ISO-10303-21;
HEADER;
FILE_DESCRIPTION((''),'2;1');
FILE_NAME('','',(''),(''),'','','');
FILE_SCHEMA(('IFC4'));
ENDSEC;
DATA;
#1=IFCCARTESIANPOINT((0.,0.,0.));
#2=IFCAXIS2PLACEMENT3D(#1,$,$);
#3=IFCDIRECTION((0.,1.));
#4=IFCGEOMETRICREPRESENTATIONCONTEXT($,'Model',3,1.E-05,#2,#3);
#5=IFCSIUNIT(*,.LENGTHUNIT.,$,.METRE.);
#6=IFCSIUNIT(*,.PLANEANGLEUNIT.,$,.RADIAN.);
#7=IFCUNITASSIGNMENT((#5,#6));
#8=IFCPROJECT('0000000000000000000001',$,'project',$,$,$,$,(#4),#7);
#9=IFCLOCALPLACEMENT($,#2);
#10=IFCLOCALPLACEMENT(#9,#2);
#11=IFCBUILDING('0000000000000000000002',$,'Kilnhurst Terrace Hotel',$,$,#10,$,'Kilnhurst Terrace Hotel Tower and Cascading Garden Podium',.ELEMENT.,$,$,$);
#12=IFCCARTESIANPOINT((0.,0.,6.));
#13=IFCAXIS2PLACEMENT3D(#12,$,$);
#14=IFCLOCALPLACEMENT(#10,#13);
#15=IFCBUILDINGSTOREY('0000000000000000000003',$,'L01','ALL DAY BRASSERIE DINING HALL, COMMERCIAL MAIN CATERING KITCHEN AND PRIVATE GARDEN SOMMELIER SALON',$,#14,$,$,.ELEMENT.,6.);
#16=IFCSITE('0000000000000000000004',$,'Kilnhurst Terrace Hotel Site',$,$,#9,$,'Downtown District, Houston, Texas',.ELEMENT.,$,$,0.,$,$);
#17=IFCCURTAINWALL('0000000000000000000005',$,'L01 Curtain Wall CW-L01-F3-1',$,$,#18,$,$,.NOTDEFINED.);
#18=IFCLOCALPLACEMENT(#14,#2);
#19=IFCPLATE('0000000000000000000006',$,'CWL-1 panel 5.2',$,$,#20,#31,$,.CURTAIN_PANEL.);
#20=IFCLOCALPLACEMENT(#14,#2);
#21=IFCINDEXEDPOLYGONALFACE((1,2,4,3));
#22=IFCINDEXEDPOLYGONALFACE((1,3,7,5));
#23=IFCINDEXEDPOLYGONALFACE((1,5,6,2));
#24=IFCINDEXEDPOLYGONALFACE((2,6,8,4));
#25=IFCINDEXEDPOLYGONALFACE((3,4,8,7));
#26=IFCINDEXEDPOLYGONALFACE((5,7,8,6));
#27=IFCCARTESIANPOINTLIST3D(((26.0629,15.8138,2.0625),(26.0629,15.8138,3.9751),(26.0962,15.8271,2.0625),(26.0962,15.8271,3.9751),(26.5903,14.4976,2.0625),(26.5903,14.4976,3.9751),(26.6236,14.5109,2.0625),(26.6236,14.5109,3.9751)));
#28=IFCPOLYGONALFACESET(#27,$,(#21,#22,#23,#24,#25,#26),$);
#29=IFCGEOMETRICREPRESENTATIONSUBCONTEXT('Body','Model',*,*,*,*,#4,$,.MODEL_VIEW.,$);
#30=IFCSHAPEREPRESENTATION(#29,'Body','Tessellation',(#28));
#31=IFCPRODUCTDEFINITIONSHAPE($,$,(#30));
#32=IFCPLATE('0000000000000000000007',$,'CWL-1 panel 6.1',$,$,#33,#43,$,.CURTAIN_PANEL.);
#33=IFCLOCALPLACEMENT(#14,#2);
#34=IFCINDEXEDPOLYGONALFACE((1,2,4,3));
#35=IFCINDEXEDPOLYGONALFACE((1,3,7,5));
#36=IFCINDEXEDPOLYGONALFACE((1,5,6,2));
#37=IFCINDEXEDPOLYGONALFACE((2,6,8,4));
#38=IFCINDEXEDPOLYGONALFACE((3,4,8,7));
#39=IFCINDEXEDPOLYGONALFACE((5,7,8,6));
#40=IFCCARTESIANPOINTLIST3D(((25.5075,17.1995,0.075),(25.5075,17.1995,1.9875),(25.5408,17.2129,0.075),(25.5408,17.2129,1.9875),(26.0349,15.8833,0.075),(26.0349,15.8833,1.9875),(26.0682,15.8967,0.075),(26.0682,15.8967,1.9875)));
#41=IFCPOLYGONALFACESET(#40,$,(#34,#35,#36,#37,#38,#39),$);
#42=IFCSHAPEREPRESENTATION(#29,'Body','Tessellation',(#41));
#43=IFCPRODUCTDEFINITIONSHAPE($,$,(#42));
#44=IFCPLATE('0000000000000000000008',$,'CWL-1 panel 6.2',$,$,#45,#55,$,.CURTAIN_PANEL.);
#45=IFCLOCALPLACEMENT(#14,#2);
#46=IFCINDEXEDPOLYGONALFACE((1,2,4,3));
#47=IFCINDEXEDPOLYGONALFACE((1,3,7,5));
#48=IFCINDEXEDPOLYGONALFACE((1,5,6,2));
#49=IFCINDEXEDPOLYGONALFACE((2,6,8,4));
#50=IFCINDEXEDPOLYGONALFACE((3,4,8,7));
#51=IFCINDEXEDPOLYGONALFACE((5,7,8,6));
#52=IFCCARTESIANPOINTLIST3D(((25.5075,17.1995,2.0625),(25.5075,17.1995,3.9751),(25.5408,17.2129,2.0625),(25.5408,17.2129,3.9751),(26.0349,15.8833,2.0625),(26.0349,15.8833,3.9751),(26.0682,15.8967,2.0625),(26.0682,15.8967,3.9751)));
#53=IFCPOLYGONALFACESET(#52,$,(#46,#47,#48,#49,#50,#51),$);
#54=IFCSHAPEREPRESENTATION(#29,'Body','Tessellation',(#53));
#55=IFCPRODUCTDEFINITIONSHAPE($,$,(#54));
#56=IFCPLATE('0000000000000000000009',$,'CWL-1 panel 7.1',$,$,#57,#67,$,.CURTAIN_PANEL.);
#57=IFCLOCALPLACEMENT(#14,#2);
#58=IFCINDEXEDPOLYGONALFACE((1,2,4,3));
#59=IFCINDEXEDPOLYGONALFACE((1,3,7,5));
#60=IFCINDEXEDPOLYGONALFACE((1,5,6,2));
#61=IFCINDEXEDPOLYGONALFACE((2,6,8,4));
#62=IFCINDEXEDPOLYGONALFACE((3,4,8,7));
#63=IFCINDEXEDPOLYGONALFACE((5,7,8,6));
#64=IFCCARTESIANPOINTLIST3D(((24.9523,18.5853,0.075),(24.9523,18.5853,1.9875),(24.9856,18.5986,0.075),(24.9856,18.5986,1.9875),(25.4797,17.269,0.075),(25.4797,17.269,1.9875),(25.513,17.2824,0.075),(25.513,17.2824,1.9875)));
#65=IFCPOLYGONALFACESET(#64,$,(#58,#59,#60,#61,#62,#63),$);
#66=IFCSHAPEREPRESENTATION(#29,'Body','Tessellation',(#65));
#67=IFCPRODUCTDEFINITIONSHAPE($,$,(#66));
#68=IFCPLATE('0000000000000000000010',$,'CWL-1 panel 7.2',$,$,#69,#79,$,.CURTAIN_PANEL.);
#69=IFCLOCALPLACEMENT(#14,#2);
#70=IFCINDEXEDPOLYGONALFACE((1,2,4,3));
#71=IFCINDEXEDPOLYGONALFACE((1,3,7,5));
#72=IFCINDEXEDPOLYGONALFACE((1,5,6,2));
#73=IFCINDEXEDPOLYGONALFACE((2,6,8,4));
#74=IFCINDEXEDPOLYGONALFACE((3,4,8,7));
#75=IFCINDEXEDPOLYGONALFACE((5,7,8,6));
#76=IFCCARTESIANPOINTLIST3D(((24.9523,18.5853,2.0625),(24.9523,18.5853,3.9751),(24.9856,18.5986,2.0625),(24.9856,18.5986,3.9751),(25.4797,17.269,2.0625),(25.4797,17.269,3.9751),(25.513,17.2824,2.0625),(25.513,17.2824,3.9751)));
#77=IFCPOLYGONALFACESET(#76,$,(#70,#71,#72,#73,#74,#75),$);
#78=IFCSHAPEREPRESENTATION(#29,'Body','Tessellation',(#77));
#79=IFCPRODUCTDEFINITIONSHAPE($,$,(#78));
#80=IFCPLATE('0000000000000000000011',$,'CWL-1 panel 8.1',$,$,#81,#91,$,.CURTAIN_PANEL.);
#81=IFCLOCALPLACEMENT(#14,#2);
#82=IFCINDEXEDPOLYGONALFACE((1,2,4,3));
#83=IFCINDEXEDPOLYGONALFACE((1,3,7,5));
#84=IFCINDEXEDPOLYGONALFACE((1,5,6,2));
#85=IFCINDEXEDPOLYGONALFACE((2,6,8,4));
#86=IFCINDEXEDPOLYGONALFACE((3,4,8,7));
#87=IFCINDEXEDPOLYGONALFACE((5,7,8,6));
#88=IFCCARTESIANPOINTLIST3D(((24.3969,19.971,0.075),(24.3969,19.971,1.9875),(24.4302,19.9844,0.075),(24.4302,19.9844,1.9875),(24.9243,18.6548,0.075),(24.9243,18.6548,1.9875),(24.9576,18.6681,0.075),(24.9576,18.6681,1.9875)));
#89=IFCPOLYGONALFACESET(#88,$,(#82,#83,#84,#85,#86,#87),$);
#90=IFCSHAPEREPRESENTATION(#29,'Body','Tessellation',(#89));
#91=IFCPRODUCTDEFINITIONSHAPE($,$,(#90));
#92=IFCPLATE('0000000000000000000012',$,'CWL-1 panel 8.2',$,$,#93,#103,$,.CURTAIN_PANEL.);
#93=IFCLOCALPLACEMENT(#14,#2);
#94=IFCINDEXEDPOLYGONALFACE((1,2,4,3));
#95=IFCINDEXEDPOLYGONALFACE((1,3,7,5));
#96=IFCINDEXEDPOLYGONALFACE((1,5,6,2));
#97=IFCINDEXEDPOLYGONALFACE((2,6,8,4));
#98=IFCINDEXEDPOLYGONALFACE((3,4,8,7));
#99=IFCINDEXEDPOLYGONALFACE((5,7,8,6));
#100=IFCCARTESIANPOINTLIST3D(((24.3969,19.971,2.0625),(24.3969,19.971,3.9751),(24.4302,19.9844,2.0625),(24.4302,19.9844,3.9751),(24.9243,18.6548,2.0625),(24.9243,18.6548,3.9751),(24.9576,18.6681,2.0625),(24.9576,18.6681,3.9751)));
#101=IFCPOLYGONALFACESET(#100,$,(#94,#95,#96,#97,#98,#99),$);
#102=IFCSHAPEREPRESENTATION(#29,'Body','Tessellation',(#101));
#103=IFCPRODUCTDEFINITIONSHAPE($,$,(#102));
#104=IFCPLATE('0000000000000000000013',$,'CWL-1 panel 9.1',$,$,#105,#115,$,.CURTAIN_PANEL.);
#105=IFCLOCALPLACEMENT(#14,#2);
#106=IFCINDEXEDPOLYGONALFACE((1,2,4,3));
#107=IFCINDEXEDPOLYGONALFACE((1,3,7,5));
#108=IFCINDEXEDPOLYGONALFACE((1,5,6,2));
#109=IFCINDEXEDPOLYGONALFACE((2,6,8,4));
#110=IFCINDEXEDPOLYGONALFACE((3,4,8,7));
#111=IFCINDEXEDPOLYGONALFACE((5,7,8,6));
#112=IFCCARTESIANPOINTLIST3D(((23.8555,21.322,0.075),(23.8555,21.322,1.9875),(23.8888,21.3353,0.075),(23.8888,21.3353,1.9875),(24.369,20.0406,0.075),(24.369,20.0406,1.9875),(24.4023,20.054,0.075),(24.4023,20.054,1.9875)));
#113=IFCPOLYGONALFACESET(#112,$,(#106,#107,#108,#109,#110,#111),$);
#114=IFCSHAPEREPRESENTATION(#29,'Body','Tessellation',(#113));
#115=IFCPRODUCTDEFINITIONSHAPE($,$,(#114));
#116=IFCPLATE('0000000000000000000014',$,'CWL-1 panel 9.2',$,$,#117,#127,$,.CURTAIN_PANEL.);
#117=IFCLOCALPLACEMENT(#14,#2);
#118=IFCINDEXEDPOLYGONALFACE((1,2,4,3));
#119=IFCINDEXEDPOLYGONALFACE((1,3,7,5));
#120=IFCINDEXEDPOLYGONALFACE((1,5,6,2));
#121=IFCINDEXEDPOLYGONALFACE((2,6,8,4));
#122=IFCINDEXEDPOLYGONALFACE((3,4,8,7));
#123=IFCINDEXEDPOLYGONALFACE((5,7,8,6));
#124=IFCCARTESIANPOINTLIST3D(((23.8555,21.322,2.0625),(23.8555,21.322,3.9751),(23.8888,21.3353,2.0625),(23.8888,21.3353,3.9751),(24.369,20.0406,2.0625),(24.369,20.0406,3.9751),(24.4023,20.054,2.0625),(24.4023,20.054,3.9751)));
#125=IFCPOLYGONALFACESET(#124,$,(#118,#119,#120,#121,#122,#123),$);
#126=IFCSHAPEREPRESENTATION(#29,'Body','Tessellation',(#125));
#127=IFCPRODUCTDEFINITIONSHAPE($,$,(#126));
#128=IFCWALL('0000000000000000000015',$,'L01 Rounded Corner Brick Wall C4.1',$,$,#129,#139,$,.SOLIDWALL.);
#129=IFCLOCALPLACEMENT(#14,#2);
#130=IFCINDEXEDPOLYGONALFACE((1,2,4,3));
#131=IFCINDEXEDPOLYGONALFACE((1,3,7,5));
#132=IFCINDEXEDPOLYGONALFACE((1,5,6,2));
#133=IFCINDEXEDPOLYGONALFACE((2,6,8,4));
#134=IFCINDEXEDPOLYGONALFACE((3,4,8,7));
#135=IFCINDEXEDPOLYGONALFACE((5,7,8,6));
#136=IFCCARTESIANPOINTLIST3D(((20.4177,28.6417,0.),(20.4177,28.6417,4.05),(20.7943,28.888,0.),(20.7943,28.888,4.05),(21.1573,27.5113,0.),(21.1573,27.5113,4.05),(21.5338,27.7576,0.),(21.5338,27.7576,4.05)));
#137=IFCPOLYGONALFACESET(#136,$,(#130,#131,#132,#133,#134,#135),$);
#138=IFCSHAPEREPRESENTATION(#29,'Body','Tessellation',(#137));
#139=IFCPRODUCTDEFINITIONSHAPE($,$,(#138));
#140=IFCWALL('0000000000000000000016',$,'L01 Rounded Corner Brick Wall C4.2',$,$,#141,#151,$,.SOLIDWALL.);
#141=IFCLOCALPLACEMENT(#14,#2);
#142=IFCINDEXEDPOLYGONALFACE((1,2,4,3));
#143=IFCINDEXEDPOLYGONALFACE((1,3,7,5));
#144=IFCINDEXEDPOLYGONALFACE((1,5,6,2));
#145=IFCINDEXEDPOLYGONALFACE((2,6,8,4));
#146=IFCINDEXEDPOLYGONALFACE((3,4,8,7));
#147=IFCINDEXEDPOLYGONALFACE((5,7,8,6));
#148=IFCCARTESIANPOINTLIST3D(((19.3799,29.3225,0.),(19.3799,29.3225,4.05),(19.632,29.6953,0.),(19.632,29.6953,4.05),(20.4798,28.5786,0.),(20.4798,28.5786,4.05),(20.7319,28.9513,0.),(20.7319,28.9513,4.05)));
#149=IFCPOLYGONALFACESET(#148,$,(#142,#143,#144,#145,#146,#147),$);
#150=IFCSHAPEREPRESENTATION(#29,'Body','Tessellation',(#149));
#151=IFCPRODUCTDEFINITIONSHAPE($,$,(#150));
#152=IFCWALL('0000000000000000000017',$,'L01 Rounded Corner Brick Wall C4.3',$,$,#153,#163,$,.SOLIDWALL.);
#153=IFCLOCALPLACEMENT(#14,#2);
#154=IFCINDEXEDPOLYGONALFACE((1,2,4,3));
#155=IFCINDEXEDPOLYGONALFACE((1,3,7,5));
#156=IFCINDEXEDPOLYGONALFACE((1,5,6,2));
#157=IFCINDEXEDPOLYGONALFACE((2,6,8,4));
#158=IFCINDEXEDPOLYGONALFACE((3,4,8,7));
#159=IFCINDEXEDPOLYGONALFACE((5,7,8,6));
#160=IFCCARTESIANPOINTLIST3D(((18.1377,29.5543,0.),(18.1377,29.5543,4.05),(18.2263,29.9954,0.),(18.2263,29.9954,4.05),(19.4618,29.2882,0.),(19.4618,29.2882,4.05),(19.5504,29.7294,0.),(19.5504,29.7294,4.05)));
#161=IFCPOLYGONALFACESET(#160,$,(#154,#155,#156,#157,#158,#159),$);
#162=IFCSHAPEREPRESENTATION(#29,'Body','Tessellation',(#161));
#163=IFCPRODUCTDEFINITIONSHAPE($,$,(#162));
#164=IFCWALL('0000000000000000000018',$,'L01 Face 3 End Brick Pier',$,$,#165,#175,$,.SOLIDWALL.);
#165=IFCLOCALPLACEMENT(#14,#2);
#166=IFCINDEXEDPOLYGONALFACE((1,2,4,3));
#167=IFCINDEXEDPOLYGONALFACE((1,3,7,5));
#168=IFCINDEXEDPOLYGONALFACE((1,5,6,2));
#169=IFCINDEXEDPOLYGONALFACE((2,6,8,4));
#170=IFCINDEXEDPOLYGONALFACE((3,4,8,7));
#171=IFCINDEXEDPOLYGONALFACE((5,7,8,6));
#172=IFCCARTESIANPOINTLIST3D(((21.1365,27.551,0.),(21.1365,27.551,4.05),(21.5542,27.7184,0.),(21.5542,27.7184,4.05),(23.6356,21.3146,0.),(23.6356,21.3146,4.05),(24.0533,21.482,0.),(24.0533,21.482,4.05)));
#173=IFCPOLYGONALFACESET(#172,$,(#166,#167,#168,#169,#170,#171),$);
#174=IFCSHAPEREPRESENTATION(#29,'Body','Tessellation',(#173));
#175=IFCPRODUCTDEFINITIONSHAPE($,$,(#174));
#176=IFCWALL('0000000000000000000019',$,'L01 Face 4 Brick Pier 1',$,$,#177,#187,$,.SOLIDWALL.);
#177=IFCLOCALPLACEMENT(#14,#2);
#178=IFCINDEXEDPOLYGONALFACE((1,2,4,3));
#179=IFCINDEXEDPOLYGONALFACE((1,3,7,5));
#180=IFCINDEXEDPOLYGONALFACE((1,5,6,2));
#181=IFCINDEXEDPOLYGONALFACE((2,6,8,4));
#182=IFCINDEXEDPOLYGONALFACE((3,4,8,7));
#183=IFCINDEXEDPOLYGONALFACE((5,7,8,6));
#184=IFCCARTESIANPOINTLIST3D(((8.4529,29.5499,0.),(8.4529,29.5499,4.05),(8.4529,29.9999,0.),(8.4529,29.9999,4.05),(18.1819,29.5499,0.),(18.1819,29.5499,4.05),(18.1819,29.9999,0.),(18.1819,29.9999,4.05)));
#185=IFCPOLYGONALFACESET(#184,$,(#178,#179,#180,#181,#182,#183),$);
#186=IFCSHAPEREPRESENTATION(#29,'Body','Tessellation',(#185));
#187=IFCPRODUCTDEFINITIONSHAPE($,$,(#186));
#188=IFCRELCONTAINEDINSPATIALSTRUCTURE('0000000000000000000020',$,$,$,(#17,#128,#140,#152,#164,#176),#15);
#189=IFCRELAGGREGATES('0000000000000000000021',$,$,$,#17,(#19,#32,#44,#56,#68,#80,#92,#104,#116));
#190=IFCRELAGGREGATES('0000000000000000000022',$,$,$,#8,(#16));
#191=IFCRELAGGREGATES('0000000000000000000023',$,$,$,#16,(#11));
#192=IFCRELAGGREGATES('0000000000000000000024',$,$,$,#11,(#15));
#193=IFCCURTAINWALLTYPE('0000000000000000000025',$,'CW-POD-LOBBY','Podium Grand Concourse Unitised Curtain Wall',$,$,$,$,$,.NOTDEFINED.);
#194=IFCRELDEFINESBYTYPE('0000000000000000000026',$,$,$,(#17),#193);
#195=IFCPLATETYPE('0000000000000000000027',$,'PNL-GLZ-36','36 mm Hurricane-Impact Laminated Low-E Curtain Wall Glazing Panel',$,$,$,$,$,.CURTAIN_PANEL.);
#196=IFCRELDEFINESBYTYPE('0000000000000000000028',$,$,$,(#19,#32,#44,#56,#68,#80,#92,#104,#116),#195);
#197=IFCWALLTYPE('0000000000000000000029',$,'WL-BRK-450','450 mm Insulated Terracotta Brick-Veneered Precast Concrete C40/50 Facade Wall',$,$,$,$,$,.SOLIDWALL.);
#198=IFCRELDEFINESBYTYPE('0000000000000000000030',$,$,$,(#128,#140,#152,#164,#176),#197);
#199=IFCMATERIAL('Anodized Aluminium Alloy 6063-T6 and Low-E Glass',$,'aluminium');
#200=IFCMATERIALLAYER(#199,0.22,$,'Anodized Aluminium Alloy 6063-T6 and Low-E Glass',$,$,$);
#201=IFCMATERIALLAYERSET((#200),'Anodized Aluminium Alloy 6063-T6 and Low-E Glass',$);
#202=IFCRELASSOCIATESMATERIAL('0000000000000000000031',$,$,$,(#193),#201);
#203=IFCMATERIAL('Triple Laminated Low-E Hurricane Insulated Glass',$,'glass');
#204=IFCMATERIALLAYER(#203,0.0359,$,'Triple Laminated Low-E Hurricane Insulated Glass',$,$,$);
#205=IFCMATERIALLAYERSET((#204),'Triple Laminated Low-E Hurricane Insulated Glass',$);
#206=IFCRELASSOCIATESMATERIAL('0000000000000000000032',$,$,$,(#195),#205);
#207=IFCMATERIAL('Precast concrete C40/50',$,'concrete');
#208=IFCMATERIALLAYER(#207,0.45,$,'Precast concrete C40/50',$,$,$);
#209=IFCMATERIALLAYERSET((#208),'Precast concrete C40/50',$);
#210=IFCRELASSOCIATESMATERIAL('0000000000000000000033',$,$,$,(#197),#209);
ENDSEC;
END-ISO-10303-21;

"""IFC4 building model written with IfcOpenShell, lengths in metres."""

from ifc_helpers import new_model, si_unit, direction, frame, frame_2d, origin, origin_2d, place, context, subcontext, project, spatial, rectangle, extrude, material, layer, layer_set, type_object, element, aggregate, save


model = new_model("IFC4")

# Units and contexts
model_context = context("Model", 3, precision=1e-05, world=origin(), true_north=direction((0.0, 1.0)))
body_context = subcontext(model_context, "Body", "Model", "MODEL_VIEW")
ifc_project = project(units=[si_unit("LENGTHUNIT", "METRE"), si_unit("PLANEANGLEUNIT", "RADIAN")], contexts=[model_context])

# Site, building, storey
site_placement = place(None, origin())
site = spatial("IfcSite", under=ifc_project, at=site_placement, Name="Kilnhurst Terrace Hotel Site", LongName="Downtown District, Houston, Texas", CompositionType="ELEMENT", RefElevation=0.0)
building_placement = place(site_placement, origin())
building = spatial("IfcBuilding", under=site, at=building_placement, Name="Kilnhurst Terrace Hotel", LongName="Kilnhurst Terrace Hotel Tower and Cascading Garden Podium", CompositionType="ELEMENT")
storey_placement = place(building_placement, frame((0.0, 0.0, 6.0)))
storey = spatial("IfcBuildingStorey", under=building, at=storey_placement, Name="L01", Description="ALL DAY BRASSERIE DINING HALL, COMMERCIAL MAIN CATERING KITCHEN AND PRIVATE GARDEN SOMMELIER SALON", CompositionType="ELEMENT", Elevation=6.0)

# Curtain wall
ifc_material_1 = material(Name="Anodized Aluminium Alloy 6063-T6 and Low-E Glass", Category="aluminium")
ifc_layer_1 = layer(ifc_material_1, 0.22, Name="Anodized Aluminium Alloy 6063-T6 and Low-E Glass")
ifc_layer_set_1 = layer_set([ifc_layer_1], Name="Anodized Aluminium Alloy 6063-T6 and Low-E Glass")
curtain_wall_type = type_object("IfcCurtainWallType", Name="CW-POD-LOBBY", Description="Podium Grand Concourse Unitised Curtain Wall", PredefinedType="NOTDEFINED", material=ifc_layer_set_1)
curtain_wall_placement = place(storey_placement, origin())
curtain_wall = element("IfcCurtainWall", 1, at=curtain_wall_placement, inside=storey, type_object=curtain_wall_type, Name="L01 Curtain Wall CW-L01-F3-1", PredefinedType="NOTDEFINED")

# Plates
ifc_material_2 = material(Name="Triple Laminated Low-E Hurricane Insulated Glass", Category="glass")
ifc_layer_2 = layer(ifc_material_2, 0.0359, Name="Triple Laminated Low-E Hurricane Insulated Glass")
ifc_layer_set_2 = layer_set([ifc_layer_2], Name="Triple Laminated Low-E Hurricane Insulated Glass")
plate_type = type_object("IfcPlateType", Name="PNL-GLZ-36", Description="36 mm Hurricane-Impact Laminated Low-E Curtain Wall Glazing Panel", PredefinedType="CURTAIN_PANEL", material=ifc_layer_set_2)
plate_1_placement = place(storey_placement, frame((26.3433, 15.1624, 2.0625), z_axis=(0.0, 0.0, 1.0), x_axis=(-0.371955, 0.928251, 0.0)))
plate_1 = element("IfcPlate", 2, at=plate_1_placement, type_object=plate_type, Name="CWL-1 panel 5.2", PredefinedType="CURTAIN_PANEL", context=body_context, shape_type="SweptSolid", body=[
    extrude(rectangle(XDim=1.418, YDim=0.0359, at=origin_2d()), origin(), (0.0, 0.0, 1.0), 1.9126),
])
plate_2_placement = place(storey_placement, frame((25.7878, 16.5481, 0.075), z_axis=(0.0, 0.0, 1.0), x_axis=(-0.371955, 0.928251, 0.0)))
plate_2 = element("IfcPlate", 3, at=plate_2_placement, type_object=plate_type, Name="CWL-1 panel 6.1", PredefinedType="CURTAIN_PANEL", context=body_context, shape_type="SweptSolid", body=[
    extrude(rectangle(XDim=1.418, YDim=0.0359, at=origin_2d()), origin(), (0.0, 0.0, 1.0), 1.9126),
])
plate_3_placement = place(storey_placement, frame((25.7878, 16.5481, 2.0625), z_axis=(0.0, 0.0, 1.0), x_axis=(-0.371955, 0.928251, 0.0)))
plate_3 = element("IfcPlate", 4, at=plate_3_placement, type_object=plate_type, Name="CWL-1 panel 6.2", PredefinedType="CURTAIN_PANEL", context=body_context, shape_type="SweptSolid", body=[
    extrude(rectangle(XDim=1.418, YDim=0.0359, at=origin_2d()), origin(), (0.0, 0.0, 1.0), 1.9126),
])
plate_4_placement = place(storey_placement, frame((25.2327, 17.9338, 0.075), z_axis=(0.0, 0.0, 1.0), x_axis=(-0.371955, 0.928251, 0.0)))
plate_4 = element("IfcPlate", 5, at=plate_4_placement, type_object=plate_type, Name="CWL-1 panel 7.1", PredefinedType="CURTAIN_PANEL", context=body_context, shape_type="SweptSolid", body=[
    extrude(rectangle(XDim=1.418, YDim=0.0359, at=origin_2d()), origin(), (0.0, 0.0, 1.0), 1.9126),
])
plate_5_placement = place(storey_placement, frame((25.2327, 17.9338, 2.0625), z_axis=(0.0, 0.0, 1.0), x_axis=(-0.371955, 0.928251, 0.0)))
plate_5 = element("IfcPlate", 6, at=plate_5_placement, type_object=plate_type, Name="CWL-1 panel 7.2", PredefinedType="CURTAIN_PANEL", context=body_context, shape_type="SweptSolid", body=[
    extrude(rectangle(XDim=1.418, YDim=0.0359, at=origin_2d()), origin(), (0.0, 0.0, 1.0), 1.9126),
])
plate_6_placement = place(storey_placement, frame((24.6772, 19.3196, 0.075), z_axis=(0.0, 0.0, 1.0), x_axis=(-0.371955, 0.928251, 0.0)))
plate_6 = element("IfcPlate", 7, at=plate_6_placement, type_object=plate_type, Name="CWL-1 panel 8.1", PredefinedType="CURTAIN_PANEL", context=body_context, shape_type="SweptSolid", body=[
    extrude(rectangle(XDim=1.418, YDim=0.0359, at=origin_2d()), origin(), (0.0, 0.0, 1.0), 1.9126),
])
plate_7_placement = place(storey_placement, frame((24.6772, 19.3196, 2.0625), z_axis=(0.0, 0.0, 1.0), x_axis=(-0.371955, 0.928251, 0.0)))
plate_7 = element("IfcPlate", 8, at=plate_7_placement, type_object=plate_type, Name="CWL-1 panel 8.2", PredefinedType="CURTAIN_PANEL", context=body_context, shape_type="SweptSolid", body=[
    extrude(rectangle(XDim=1.418, YDim=0.0359, at=origin_2d()), origin(), (0.0, 0.0, 1.0), 1.9126),
])
plate_8_placement = place(storey_placement, frame((24.1289, 20.688, 0.075), z_axis=(0.0, 0.0, 1.0), x_axis=(-0.371955, 0.928251, 0.0)))
plate_8 = element("IfcPlate", 9, at=plate_8_placement, type_object=plate_type, Name="CWL-1 panel 9.1", PredefinedType="CURTAIN_PANEL", context=body_context, shape_type="SweptSolid", body=[
    extrude(rectangle(XDim=1.3804, YDim=0.0359, at=origin_2d()), origin(), (0.0, 0.0, 1.0), 1.9126),
])
plate_9_placement = place(storey_placement, frame((24.1289, 20.688, 2.0625), z_axis=(0.0, 0.0, 1.0), x_axis=(-0.371955, 0.928251, 0.0)))
plate_9 = element("IfcPlate", 10, at=plate_9_placement, type_object=plate_type, Name="CWL-1 panel 9.2", PredefinedType="CURTAIN_PANEL", context=body_context, shape_type="SweptSolid", body=[
    extrude(rectangle(XDim=1.3804, YDim=0.0359, at=origin_2d()), origin(), (0.0, 0.0, 1.0), 1.9126),
])
aggregate(curtain_wall, [plate_1, plate_2, plate_3, plate_4, plate_5, plate_6, plate_7, plate_8, plate_9])

# Walls
ifc_material_3 = material(Name="Precast concrete C40/50", Category="concrete")
ifc_layer_3 = layer(ifc_material_3, 0.45, Name="Precast concrete C40/50")
ifc_layer_set_3 = layer_set([ifc_layer_3], Name="Precast concrete C40/50")
wall_type = type_object("IfcWallType", Name="WL-BRK-450", Description="450 mm Insulated Terracotta Brick-Veneered Precast Concrete C40/50 Facade Wall", PredefinedType="SOLIDWALL", material=ifc_layer_set_3)
wall_1_placement = place(storey_placement, frame((21.3455, 27.6345, 0.0), z_axis=(0.0, 0.0, 1.0), x_axis=(-0.547464, 0.836829, 0.0)))
element("IfcWall", 11, at=wall_1_placement, inside=storey, type_object=wall_type, Name="L01 Rounded Corner Brick Wall C4.1", PredefinedType="SOLIDWALL", context=body_context, shape_type="SweptSolid", body=[
    extrude(rectangle(XDim=1.3508, YDim=0.45, at=frame_2d((0.6753, 0.0))), origin(), (0.0, 0.0, 1.0), 4.05),
])
wall_2_placement = place(storey_placement, frame((20.606, 28.7649, 0.0), z_axis=(0.0, 0.0, 1.0), x_axis=(-0.828326, 0.560246, 0.0)))
element("IfcWall", 12, at=wall_2_placement, inside=storey, type_object=wall_type, Name="L01 Rounded Corner Brick Wall C4.2", PredefinedType="SOLIDWALL", context=body_context, shape_type="SweptSolid", body=[
    extrude(rectangle(XDim=1.3279, YDim=0.45, at=frame_2d((0.6641, 0.0))), origin(), (0.0, 0.0, 1.0), 4.05),
])
wall_3_placement = place(storey_placement, frame((19.5061, 29.5088, 0.0), z_axis=(0.0, 0.0, 1.0), x_axis=(-0.9804, 0.19702, 0.0)))
element("IfcWall", 13, at=wall_3_placement, inside=storey, type_object=wall_type, Name="L01 Rounded Corner Brick Wall C4.3", PredefinedType="SOLIDWALL", context=body_context, shape_type="SweptSolid", body=[
    extrude(rectangle(XDim=1.3506, YDim=0.45, at=frame_2d((0.6753, 0.0))), origin(), (0.0, 0.0, 1.0), 4.05),
])
wall_4_placement = place(storey_placement, frame((23.8445, 21.3982, 0.0), z_axis=(0.0, 0.0, 1.0), x_axis=(-0.371967, 0.928246, 0.0)))
element("IfcWall", 14, at=wall_4_placement, inside=storey, type_object=wall_type, Name="L01 Face 3 End Brick Pier", PredefinedType="SOLIDWALL", context=body_context, shape_type="SweptSolid", body=[
    extrude(rectangle(XDim=6.7185, YDim=0.45, at=frame_2d((3.3594, 0.0))), origin(), (0.0, 0.0, 1.0), 4.05),
])
wall_5_placement = place(storey_placement, frame((18.1819, 29.7749, 0.0), z_axis=(0.0, 0.0, 1.0), x_axis=(-1.0, 0.0, 0.0)))
element("IfcWall", 15, at=wall_5_placement, inside=storey, type_object=wall_type, Name="L01 Face 4 Brick Pier 1", PredefinedType="SOLIDWALL", context=body_context, shape_type="SweptSolid", body=[
    extrude(rectangle(XDim=9.729, YDim=0.45, at=frame_2d((4.8645, 0.0))), origin(), (0.0, 0.0, 1.0), 4.05),
])

save(model, "model.ifc")
